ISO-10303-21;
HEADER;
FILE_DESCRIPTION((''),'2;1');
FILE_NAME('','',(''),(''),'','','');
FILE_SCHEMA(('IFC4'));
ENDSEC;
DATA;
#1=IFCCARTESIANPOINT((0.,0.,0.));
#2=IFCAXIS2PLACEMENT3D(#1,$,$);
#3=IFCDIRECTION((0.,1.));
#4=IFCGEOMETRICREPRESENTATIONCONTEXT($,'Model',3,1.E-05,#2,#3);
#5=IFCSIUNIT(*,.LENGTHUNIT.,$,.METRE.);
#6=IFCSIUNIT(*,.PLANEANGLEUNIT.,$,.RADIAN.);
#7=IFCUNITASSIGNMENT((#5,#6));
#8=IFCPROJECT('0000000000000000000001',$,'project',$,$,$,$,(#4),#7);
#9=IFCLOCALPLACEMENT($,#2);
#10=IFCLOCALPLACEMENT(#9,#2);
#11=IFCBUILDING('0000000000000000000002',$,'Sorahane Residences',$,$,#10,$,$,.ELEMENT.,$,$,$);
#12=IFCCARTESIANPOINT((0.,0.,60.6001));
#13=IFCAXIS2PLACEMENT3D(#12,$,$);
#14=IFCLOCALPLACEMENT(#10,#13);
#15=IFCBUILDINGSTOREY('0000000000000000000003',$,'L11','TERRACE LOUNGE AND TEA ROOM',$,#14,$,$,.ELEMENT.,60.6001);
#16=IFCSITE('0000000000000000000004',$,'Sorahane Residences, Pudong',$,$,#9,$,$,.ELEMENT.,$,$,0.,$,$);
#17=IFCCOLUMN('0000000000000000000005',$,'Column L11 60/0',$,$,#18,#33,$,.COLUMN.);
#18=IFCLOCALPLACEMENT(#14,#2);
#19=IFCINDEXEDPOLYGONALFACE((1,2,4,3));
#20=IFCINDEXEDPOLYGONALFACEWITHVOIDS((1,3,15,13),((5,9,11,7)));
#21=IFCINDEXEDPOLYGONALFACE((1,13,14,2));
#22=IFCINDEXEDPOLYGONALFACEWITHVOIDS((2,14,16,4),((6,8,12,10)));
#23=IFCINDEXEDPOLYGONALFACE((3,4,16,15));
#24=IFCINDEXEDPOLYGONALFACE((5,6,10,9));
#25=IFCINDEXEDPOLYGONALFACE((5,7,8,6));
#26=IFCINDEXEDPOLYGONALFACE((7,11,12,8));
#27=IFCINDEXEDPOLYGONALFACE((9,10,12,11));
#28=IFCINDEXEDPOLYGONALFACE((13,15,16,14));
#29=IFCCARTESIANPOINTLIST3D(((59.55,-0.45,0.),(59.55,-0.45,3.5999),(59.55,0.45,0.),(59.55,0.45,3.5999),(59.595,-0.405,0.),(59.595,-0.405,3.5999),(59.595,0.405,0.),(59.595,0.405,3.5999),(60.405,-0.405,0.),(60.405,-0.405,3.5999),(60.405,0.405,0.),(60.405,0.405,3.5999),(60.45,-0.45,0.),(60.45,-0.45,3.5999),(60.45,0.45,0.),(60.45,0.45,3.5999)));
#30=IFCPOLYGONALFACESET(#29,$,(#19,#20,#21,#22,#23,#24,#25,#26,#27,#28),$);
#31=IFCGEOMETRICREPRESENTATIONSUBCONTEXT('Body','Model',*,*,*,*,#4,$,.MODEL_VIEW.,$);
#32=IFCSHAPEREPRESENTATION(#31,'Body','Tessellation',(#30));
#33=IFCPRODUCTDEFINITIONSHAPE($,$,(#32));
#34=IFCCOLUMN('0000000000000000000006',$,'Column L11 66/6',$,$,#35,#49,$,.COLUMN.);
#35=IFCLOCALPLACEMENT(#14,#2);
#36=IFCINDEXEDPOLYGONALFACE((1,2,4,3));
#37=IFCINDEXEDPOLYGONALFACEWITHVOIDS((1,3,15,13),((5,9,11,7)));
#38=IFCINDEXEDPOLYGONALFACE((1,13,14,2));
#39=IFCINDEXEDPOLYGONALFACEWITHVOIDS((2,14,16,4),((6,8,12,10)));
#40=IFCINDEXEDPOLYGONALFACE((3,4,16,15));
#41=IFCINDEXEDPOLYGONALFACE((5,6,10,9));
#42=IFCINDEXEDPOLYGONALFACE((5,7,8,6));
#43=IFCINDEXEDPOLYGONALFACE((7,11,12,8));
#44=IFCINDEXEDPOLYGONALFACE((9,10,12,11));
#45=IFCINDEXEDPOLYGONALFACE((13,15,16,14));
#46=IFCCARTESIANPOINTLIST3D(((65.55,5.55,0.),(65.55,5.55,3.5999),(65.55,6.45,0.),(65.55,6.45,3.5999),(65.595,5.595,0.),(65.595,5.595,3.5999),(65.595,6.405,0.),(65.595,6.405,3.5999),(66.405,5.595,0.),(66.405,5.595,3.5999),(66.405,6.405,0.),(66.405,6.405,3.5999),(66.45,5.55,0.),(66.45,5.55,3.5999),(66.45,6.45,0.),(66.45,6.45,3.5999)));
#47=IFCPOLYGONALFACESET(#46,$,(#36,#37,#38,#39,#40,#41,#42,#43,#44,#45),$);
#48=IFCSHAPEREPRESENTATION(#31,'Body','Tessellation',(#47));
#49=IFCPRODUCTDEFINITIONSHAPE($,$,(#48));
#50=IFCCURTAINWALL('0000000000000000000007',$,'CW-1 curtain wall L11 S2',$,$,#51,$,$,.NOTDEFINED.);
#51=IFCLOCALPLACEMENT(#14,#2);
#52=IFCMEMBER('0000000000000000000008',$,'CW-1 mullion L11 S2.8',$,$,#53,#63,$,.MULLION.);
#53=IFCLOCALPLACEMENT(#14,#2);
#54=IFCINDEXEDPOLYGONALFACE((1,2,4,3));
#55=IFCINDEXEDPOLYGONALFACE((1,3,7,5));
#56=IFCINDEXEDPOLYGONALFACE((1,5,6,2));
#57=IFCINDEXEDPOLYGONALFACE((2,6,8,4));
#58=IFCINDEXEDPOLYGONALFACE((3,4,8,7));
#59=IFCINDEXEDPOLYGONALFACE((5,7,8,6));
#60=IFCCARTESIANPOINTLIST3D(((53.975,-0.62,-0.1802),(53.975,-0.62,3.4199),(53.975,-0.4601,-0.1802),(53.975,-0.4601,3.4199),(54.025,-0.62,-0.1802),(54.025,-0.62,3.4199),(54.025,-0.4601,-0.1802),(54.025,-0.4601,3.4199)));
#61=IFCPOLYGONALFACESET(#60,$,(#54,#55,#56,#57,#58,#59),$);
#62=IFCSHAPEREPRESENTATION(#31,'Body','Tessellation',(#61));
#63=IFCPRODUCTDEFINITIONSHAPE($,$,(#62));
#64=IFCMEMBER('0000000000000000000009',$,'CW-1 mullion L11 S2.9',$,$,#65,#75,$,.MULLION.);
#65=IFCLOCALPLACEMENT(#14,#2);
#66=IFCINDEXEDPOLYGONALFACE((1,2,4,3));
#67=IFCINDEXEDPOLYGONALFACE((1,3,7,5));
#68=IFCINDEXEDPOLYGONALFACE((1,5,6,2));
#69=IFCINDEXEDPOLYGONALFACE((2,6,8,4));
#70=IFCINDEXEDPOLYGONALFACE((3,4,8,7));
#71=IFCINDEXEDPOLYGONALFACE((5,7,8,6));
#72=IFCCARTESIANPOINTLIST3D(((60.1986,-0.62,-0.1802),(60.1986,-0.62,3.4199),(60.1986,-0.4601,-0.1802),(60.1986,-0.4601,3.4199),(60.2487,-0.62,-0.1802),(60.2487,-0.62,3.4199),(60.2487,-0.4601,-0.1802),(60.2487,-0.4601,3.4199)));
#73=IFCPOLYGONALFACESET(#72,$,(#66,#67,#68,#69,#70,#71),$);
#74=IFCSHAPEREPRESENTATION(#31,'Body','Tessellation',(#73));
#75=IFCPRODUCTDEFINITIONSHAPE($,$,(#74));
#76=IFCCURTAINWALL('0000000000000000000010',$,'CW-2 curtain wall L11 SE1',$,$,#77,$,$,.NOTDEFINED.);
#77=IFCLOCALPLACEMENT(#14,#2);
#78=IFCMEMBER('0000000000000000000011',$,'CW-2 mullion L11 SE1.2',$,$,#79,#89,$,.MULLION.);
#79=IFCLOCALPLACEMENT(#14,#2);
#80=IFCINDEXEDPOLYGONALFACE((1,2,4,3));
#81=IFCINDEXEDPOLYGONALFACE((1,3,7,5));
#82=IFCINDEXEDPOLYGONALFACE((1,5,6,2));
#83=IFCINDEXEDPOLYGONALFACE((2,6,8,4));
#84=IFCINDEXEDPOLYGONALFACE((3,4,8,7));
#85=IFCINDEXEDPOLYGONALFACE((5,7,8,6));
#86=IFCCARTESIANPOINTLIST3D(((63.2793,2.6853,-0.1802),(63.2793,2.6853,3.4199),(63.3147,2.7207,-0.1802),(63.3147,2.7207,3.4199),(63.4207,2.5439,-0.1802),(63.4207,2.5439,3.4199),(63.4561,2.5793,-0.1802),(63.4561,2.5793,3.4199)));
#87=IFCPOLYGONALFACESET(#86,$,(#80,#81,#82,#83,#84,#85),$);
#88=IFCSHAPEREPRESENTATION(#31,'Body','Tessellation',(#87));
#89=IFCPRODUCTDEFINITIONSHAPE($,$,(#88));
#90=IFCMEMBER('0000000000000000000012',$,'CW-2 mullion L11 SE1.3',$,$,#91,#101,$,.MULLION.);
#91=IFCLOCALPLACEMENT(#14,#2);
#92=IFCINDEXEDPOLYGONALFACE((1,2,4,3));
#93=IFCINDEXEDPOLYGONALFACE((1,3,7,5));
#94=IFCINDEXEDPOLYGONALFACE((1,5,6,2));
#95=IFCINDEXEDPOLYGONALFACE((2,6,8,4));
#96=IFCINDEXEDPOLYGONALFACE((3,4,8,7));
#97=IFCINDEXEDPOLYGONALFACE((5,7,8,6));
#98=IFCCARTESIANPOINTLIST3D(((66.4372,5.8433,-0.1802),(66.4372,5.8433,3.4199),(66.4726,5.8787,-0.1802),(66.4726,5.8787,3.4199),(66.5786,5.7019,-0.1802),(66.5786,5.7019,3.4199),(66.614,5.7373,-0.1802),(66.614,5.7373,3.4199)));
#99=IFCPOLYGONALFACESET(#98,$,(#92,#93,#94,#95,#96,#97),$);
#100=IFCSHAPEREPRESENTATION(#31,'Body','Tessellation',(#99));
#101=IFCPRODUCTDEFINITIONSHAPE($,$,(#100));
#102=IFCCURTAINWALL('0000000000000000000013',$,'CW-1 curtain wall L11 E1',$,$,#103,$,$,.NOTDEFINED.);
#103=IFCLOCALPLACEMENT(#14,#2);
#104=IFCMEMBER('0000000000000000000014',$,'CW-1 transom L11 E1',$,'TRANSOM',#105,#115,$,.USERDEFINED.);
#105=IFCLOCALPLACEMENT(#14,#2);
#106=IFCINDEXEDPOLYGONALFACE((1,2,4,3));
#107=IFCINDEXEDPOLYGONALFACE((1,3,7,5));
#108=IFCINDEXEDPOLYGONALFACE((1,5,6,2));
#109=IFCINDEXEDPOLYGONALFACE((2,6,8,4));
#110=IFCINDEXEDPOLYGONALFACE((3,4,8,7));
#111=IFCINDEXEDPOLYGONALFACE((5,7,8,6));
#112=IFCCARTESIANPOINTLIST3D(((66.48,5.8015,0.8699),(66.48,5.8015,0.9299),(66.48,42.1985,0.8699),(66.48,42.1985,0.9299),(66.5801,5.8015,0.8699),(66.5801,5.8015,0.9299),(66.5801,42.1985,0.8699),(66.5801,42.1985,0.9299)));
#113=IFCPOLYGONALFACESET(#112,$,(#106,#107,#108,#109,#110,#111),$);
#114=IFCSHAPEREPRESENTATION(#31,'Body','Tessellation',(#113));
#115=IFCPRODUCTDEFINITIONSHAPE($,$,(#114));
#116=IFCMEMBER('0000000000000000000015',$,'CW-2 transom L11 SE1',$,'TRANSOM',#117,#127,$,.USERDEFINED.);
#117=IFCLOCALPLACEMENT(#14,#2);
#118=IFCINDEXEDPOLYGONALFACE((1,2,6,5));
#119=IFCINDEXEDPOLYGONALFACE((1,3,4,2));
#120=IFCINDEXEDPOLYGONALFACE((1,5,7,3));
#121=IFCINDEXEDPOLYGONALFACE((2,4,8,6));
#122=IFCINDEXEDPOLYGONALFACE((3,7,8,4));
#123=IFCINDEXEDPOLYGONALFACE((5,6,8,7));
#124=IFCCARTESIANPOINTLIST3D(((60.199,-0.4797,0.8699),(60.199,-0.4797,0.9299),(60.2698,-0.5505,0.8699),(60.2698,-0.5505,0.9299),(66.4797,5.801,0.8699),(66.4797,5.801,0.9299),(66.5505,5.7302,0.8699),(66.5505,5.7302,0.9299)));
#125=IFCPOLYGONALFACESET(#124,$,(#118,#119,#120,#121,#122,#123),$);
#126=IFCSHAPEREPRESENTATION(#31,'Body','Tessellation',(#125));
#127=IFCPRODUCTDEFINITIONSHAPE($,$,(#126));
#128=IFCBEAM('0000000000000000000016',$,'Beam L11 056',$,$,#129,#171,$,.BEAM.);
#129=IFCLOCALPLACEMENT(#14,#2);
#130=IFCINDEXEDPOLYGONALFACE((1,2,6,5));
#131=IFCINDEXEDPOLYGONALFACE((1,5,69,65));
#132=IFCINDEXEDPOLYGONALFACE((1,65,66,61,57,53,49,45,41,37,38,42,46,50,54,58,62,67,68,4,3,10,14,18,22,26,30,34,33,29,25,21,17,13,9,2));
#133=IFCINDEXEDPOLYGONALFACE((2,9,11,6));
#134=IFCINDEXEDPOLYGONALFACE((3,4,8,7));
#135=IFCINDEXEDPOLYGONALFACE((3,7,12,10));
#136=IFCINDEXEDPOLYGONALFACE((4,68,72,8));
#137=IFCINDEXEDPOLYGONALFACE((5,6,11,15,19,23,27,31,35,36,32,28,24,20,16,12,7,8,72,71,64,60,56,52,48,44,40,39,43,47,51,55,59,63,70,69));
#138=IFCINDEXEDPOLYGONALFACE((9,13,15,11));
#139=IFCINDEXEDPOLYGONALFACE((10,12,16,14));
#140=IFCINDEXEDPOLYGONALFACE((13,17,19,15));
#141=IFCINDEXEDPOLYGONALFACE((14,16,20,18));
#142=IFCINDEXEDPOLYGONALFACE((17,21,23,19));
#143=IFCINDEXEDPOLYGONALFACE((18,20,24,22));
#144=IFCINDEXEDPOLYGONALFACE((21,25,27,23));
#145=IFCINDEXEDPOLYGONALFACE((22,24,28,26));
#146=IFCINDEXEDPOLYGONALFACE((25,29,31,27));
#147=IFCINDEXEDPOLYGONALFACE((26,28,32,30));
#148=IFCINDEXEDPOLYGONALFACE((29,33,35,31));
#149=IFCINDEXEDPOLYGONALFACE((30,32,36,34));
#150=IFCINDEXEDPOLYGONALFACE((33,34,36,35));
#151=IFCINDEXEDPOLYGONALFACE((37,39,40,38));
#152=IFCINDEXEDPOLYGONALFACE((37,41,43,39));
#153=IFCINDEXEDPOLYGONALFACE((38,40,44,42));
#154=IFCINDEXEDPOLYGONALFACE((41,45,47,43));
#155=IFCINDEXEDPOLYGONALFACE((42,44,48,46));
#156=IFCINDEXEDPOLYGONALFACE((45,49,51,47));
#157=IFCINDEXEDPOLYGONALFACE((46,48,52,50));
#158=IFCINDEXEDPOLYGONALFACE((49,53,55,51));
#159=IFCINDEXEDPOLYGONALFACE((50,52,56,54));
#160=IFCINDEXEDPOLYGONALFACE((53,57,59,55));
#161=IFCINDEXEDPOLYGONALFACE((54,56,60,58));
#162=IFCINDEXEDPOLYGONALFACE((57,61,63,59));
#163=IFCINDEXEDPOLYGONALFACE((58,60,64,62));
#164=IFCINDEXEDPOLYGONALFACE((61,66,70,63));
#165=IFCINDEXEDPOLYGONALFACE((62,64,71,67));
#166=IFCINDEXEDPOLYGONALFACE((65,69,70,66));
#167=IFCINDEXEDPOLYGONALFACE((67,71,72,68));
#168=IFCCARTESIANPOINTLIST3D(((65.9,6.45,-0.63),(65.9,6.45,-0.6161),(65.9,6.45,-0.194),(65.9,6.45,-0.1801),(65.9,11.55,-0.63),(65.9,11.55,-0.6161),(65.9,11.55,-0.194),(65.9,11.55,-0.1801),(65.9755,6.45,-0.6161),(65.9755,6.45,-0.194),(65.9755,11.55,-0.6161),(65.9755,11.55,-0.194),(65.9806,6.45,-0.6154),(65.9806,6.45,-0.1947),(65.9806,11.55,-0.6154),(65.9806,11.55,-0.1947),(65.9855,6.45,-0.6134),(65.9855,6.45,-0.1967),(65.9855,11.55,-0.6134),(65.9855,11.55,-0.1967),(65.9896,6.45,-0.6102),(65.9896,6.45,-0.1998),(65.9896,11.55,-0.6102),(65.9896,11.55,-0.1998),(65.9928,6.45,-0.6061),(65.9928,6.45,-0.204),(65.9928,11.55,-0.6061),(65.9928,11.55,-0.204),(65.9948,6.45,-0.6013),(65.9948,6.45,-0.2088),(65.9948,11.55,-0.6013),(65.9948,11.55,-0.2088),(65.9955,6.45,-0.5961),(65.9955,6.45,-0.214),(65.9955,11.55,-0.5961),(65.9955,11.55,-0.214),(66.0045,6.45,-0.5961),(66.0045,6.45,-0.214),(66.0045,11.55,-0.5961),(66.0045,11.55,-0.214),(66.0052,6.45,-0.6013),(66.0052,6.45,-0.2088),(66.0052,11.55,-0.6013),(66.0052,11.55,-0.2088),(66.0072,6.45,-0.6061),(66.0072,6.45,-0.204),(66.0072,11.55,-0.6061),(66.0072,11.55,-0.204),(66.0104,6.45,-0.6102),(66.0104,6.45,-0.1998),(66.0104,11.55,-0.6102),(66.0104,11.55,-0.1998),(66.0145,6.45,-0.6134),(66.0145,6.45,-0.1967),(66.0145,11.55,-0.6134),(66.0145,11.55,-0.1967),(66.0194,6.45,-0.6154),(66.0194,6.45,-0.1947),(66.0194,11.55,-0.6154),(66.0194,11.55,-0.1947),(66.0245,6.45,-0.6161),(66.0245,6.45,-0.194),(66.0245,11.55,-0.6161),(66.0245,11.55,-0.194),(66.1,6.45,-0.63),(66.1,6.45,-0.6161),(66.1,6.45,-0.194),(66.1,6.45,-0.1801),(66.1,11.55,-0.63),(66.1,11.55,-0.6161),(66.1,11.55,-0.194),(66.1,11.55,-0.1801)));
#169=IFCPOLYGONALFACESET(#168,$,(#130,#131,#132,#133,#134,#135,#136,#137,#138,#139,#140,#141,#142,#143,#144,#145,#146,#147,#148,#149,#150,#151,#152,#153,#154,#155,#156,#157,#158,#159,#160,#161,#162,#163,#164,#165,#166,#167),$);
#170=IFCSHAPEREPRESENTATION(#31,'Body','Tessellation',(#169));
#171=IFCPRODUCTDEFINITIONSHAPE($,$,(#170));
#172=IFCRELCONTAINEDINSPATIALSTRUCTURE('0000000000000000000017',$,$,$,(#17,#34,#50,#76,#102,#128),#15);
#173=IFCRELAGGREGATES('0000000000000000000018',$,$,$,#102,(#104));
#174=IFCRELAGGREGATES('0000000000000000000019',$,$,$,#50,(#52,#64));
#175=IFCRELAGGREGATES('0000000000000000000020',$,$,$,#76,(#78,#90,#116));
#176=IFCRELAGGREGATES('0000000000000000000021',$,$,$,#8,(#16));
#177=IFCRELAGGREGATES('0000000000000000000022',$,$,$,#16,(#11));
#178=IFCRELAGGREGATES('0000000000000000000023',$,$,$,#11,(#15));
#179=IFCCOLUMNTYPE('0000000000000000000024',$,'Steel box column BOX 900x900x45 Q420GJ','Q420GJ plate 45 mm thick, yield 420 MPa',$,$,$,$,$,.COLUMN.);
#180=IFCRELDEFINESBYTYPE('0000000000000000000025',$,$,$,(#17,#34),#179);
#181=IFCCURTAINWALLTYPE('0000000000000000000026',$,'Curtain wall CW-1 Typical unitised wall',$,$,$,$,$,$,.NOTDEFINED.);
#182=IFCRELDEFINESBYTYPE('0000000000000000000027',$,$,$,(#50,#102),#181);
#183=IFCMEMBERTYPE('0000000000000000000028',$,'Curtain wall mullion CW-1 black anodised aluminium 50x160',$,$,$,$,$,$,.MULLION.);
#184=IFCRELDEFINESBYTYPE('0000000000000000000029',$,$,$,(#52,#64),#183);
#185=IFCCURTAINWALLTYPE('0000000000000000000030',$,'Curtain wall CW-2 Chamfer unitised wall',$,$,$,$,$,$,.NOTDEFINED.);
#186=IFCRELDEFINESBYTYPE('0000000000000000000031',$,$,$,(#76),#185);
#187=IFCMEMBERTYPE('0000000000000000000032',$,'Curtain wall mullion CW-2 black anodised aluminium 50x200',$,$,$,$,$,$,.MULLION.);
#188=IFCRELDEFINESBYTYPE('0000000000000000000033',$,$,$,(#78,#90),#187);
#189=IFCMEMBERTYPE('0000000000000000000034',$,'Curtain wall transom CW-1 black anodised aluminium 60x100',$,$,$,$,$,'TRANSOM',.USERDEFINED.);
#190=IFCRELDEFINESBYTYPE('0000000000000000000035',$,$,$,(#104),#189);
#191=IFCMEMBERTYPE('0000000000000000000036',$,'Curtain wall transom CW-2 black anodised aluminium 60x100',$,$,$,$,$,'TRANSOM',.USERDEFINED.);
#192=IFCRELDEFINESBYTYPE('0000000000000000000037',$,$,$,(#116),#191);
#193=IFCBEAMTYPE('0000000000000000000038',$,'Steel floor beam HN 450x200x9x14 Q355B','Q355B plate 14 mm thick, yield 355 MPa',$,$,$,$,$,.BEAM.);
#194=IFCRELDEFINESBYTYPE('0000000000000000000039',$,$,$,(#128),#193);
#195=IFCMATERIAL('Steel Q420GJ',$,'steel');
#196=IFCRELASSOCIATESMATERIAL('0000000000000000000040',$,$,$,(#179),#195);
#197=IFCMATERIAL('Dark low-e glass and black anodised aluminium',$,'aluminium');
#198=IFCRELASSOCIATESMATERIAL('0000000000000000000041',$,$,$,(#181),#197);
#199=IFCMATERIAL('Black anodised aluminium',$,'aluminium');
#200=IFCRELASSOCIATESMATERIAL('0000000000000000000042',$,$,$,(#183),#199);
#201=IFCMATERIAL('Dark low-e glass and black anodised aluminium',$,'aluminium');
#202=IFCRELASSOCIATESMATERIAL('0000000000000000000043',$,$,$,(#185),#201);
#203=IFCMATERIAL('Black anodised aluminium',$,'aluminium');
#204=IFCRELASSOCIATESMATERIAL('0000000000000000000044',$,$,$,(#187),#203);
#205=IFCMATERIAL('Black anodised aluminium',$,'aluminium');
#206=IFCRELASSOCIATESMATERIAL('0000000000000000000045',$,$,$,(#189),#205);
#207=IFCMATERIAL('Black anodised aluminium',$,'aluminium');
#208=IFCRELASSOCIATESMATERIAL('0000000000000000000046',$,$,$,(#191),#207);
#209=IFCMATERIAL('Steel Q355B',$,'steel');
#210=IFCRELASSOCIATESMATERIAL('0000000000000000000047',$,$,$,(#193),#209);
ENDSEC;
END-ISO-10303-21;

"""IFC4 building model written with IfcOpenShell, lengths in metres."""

from ifc_helpers import new_model, si_unit, direction, frame, origin, origin_2d, place, context, subcontext, project, spatial, rectangle, hollow_rectangle, i_section, extrude, material, material_profile, profile_set, type_object, element, aggregate, save


model = new_model("IFC4")

# Units and contexts
model_context = context("Model", 3, precision=1e-05, world=origin(), true_north=direction((0.0, 1.0)))
body_context = subcontext(model_context, "Body", "Model", "MODEL_VIEW")
ifc_project = project(units=[si_unit("LENGTHUNIT", "METRE"), si_unit("PLANEANGLEUNIT", "RADIAN")], contexts=[model_context])

# Site, building, storey
site_placement = place(None, origin())
site = spatial("IfcSite", under=ifc_project, at=site_placement, Name="Sorahane Residences, Pudong", CompositionType="ELEMENT", RefElevation=0.0)
building_placement = place(site_placement, origin())
building = spatial("IfcBuilding", under=site, at=building_placement, Name="Sorahane Residences", CompositionType="ELEMENT")
storey_placement = place(building_placement, frame((0.0, 0.0, 60.6001)))
storey = spatial("IfcBuildingStorey", under=building, at=storey_placement, Name="L11", Description="TERRACE LOUNGE AND TEA ROOM", CompositionType="ELEMENT", Elevation=60.6001)

# Columns
ifc_material_1 = material(Name="Steel Q420GJ", Category="steel")
ifc_material_profile_1 = material_profile(ifc_material_1, hollow_rectangle(XDim=0.8999, YDim=0.8999, WallThickness=0.0449, at=origin_2d()), Name="BOX 900x900x45")
ifc_profile_set_1 = profile_set([ifc_material_profile_1], Name="Steel Q420GJ")
column_type = type_object("IfcColumnType", Name="Steel box column BOX 900x900x45 Q420GJ", Description="Q420GJ plate 45 mm thick, yield 420 MPa", PredefinedType="COLUMN", material=ifc_profile_set_1)
for number, where, z_axis, x_axis, name in (
    (1, (60.0, 0.0, 0.0), (0.0, 0.0, 1.0), (1.0, 0.0, 0.0), "Column L11 60/0"),
    (2, (66.0, 6.0, 0.0), (0.0, 0.0, 1.0), (1.0, 0.0, 0.0), "Column L11 66/6"),
):
    element("IfcColumn", number, at=place(storey_placement, frame(where, z_axis=z_axis, x_axis=x_axis)), inside=storey, type_object=column_type, Name=name, PredefinedType="COLUMN", context=body_context, shape_type="SweptSolid", body=[
        extrude(hollow_rectangle(XDim=0.8999, YDim=0.8999, WallThickness=0.0449, at=origin_2d()), origin(), (0.0, 0.0, 1.0), 3.5999),
    ])

# Curtain walls, members
ifc_material_2 = material(Name="Dark low-e glass and black anodised aluminium", Category="aluminium")
curtain_wall_type_1 = type_object("IfcCurtainWallType", Name="Curtain wall CW-1 Typical unitised wall", PredefinedType="NOTDEFINED", material=ifc_material_2)
curtain_wall_1_placement = place(storey_placement, origin())
curtain_wall_1 = element("IfcCurtainWall", 3, at=curtain_wall_1_placement, inside=storey, type_object=curtain_wall_type_1, Name="CW-1 curtain wall L11 S2", PredefinedType="NOTDEFINED")
ifc_material_3 = material(Name="Black anodised aluminium", Category="aluminium")
ifc_material_profile_2 = material_profile(ifc_material_3, rectangle(XDim=0.1599, YDim=0.05, at=origin_2d()), Name="Curtain wall mullion CW-1 black anodised aluminium 50x160")
ifc_profile_set_2 = profile_set([ifc_material_profile_2], Name="Black anodised aluminium")
member_type_1 = type_object("IfcMemberType", Name="Curtain wall mullion CW-1 black anodised aluminium 50x160", PredefinedType="MULLION", material=ifc_profile_set_2)
member_1_placement = place(storey_placement, frame((54.0, -0.54, -0.1802), z_axis=(0.0, 0.0, 1.0), x_axis=(0.0, -1.0, 0.0)))
member_1 = element("IfcMember", 4, at=member_1_placement, type_object=member_type_1, Name="CW-1 mullion L11 S2.8", PredefinedType="MULLION", context=body_context, shape_type="SweptSolid", body=[
    extrude(rectangle(XDim=0.1599, YDim=0.05, at=origin_2d()), origin(), (0.0, 0.0, 1.0), 3.6001),
])
member_2_placement = place(storey_placement, frame((60.2236, -0.54, -0.1802), z_axis=(0.0, 0.0, 1.0), x_axis=(0.0, -1.0, 0.0)))
member_2 = element("IfcMember", 5, at=member_2_placement, type_object=member_type_1, Name="CW-1 mullion L11 S2.9", PredefinedType="MULLION", context=body_context, shape_type="SweptSolid", body=[
    extrude(rectangle(XDim=0.1599, YDim=0.05, at=origin_2d()), origin(), (0.0, 0.0, 1.0), 3.6001),
])
ifc_material_4 = material(Name="Dark low-e glass and black anodised aluminium", Category="aluminium")
curtain_wall_type_2 = type_object("IfcCurtainWallType", Name="Curtain wall CW-2 Chamfer unitised wall", PredefinedType="NOTDEFINED", material=ifc_material_4)
curtain_wall_2_placement = place(storey_placement, origin())
curtain_wall_2 = element("IfcCurtainWall", 6, at=curtain_wall_2_placement, inside=storey, type_object=curtain_wall_type_2, Name="CW-2 curtain wall L11 SE1", PredefinedType="NOTDEFINED")
ifc_material_5 = material(Name="Black anodised aluminium", Category="aluminium")
ifc_material_profile_3 = material_profile(ifc_material_5, rectangle(XDim=0.2, YDim=0.05, at=origin_2d()), Name="Curtain wall mullion CW-2 black anodised aluminium 50x200")
ifc_profile_set_3 = profile_set([ifc_material_profile_3], Name="Black anodised aluminium")
member_type_2 = type_object("IfcMemberType", Name="Curtain wall mullion CW-2 black anodised aluminium 50x200", PredefinedType="MULLION", material=ifc_profile_set_3)
member_3_placement = place(storey_placement, frame((63.3677, 2.6323, -0.1802), z_axis=(0.0, 0.0, 1.0), x_axis=(0.707107, -0.707107, 0.0)))
member_3 = element("IfcMember", 7, at=member_3_placement, type_object=member_type_2, Name="CW-2 mullion L11 SE1.2", PredefinedType="MULLION", context=body_context, shape_type="SweptSolid", body=[
    extrude(rectangle(XDim=0.2, YDim=0.05, at=origin_2d()), origin(), (0.0, 0.0, 1.0), 3.6001),
])
member_4_placement = place(storey_placement, frame((66.5256, 5.7903, -0.1802), z_axis=(0.0, 0.0, 1.0), x_axis=(0.707107, -0.707107, 0.0)))
member_4 = element("IfcMember", 8, at=member_4_placement, type_object=member_type_2, Name="CW-2 mullion L11 SE1.3", PredefinedType="MULLION", context=body_context, shape_type="SweptSolid", body=[
    extrude(rectangle(XDim=0.2, YDim=0.05, at=origin_2d()), origin(), (0.0, 0.0, 1.0), 3.6001),
])

# Curtain wall, member
curtain_wall_3_placement = place(storey_placement, origin())
curtain_wall_3 = element("IfcCurtainWall", 9, at=curtain_wall_3_placement, inside=storey, type_object=curtain_wall_type_1, Name="CW-1 curtain wall L11 E1", PredefinedType="NOTDEFINED")
ifc_material_6 = material(Name="Black anodised aluminium", Category="aluminium")
ifc_material_profile_4 = material_profile(ifc_material_6, rectangle(XDim=0.1001, YDim=0.0601, at=origin_2d()), Name="Curtain wall transom CW-1 black anodised aluminium 60x100")
ifc_profile_set_4 = profile_set([ifc_material_profile_4], Name="Black anodised aluminium")
member_type_3 = type_object("IfcMemberType", Name="Curtain wall transom CW-1 black anodised aluminium 60x100", ElementType="TRANSOM", PredefinedType="USERDEFINED", material=ifc_profile_set_4)
member_5_placement = place(storey_placement, frame((66.53, 5.8015, 0.8999), z_axis=(0.0, 1.0, 0.0), x_axis=(-1.0, 0.0, 0.0)))
member_5 = element("IfcMember", 10, at=member_5_placement, type_object=member_type_3, Name="CW-1 transom L11 E1", ObjectType="TRANSOM", PredefinedType="USERDEFINED", context=body_context, shape_type="SweptSolid", body=[
    extrude(rectangle(XDim=0.1001, YDim=0.0601, at=origin_2d()), origin(), (0.0, 0.0, 1.0), 36.397),
])
aggregate(curtain_wall_3, [member_5])

# Member
ifc_material_7 = material(Name="Black anodised aluminium", Category="aluminium")
ifc_material_profile_5 = material_profile(ifc_material_7, rectangle(XDim=0.1001, YDim=0.0601, at=origin_2d()), Name="Curtain wall transom CW-2 black anodised aluminium 60x100")
ifc_profile_set_5 = profile_set([ifc_material_profile_5], Name="Black anodised aluminium")
member_type_4 = type_object("IfcMemberType", Name="Curtain wall transom CW-2 black anodised aluminium 60x100", ElementType="TRANSOM", PredefinedType="USERDEFINED", material=ifc_profile_set_5)
member_6_placement = place(storey_placement, frame((60.2344, -0.5151, 0.8999), z_axis=(0.707107, 0.707107, 0.0), x_axis=(-0.707107, 0.707107, 0.0)))
member_6 = element("IfcMember", 11, at=member_6_placement, type_object=member_type_4, Name="CW-2 transom L11 SE1", ObjectType="TRANSOM", PredefinedType="USERDEFINED", context=body_context, shape_type="SweptSolid", body=[
    extrude(rectangle(XDim=0.1001, YDim=0.0601, at=origin_2d()), origin(), (0.0, 0.0, 1.0), 8.8823),
])

# Beam
ifc_material_8 = material(Name="Steel Q355B", Category="steel")
ifc_material_profile_6 = material_profile(ifc_material_8, i_section(OverallWidth=0.2, OverallDepth=0.45, WebThickness=0.009, FlangeThickness=0.0139, FilletRadius=0.02, at=origin_2d()), Name="HN 450x200x9x14")
ifc_profile_set_6 = profile_set([ifc_material_profile_6], Name="Steel Q355B")
beam_type_1 = type_object("IfcBeamType", Name="Steel floor beam HN 450x200x9x14 Q355B", Description="Q355B plate 14 mm thick, yield 355 MPa", PredefinedType="BEAM", material=ifc_profile_set_6)
beam_1_placement = place(storey_placement, frame((66.0, 6.45, -0.405), z_axis=(0.0, 1.0, 0.0), x_axis=(-1.0, 0.0, 0.0)))
element("IfcBeam", 12, at=beam_1_placement, inside=storey, type_object=beam_type_1, Name="Beam L11 056", PredefinedType="BEAM", context=body_context, shape_type="SweptSolid", body=[
    extrude(i_section(OverallWidth=0.2, OverallDepth=0.45, WebThickness=0.009, FlangeThickness=0.0139, FilletRadius=0.02, at=origin_2d()), origin(), (0.0, 0.0, 1.0), 5.1001),
])

aggregate(curtain_wall_1, [member_1, member_2])
aggregate(curtain_wall_2, [member_3, member_4, member_6])

save(model, "model.ifc")
